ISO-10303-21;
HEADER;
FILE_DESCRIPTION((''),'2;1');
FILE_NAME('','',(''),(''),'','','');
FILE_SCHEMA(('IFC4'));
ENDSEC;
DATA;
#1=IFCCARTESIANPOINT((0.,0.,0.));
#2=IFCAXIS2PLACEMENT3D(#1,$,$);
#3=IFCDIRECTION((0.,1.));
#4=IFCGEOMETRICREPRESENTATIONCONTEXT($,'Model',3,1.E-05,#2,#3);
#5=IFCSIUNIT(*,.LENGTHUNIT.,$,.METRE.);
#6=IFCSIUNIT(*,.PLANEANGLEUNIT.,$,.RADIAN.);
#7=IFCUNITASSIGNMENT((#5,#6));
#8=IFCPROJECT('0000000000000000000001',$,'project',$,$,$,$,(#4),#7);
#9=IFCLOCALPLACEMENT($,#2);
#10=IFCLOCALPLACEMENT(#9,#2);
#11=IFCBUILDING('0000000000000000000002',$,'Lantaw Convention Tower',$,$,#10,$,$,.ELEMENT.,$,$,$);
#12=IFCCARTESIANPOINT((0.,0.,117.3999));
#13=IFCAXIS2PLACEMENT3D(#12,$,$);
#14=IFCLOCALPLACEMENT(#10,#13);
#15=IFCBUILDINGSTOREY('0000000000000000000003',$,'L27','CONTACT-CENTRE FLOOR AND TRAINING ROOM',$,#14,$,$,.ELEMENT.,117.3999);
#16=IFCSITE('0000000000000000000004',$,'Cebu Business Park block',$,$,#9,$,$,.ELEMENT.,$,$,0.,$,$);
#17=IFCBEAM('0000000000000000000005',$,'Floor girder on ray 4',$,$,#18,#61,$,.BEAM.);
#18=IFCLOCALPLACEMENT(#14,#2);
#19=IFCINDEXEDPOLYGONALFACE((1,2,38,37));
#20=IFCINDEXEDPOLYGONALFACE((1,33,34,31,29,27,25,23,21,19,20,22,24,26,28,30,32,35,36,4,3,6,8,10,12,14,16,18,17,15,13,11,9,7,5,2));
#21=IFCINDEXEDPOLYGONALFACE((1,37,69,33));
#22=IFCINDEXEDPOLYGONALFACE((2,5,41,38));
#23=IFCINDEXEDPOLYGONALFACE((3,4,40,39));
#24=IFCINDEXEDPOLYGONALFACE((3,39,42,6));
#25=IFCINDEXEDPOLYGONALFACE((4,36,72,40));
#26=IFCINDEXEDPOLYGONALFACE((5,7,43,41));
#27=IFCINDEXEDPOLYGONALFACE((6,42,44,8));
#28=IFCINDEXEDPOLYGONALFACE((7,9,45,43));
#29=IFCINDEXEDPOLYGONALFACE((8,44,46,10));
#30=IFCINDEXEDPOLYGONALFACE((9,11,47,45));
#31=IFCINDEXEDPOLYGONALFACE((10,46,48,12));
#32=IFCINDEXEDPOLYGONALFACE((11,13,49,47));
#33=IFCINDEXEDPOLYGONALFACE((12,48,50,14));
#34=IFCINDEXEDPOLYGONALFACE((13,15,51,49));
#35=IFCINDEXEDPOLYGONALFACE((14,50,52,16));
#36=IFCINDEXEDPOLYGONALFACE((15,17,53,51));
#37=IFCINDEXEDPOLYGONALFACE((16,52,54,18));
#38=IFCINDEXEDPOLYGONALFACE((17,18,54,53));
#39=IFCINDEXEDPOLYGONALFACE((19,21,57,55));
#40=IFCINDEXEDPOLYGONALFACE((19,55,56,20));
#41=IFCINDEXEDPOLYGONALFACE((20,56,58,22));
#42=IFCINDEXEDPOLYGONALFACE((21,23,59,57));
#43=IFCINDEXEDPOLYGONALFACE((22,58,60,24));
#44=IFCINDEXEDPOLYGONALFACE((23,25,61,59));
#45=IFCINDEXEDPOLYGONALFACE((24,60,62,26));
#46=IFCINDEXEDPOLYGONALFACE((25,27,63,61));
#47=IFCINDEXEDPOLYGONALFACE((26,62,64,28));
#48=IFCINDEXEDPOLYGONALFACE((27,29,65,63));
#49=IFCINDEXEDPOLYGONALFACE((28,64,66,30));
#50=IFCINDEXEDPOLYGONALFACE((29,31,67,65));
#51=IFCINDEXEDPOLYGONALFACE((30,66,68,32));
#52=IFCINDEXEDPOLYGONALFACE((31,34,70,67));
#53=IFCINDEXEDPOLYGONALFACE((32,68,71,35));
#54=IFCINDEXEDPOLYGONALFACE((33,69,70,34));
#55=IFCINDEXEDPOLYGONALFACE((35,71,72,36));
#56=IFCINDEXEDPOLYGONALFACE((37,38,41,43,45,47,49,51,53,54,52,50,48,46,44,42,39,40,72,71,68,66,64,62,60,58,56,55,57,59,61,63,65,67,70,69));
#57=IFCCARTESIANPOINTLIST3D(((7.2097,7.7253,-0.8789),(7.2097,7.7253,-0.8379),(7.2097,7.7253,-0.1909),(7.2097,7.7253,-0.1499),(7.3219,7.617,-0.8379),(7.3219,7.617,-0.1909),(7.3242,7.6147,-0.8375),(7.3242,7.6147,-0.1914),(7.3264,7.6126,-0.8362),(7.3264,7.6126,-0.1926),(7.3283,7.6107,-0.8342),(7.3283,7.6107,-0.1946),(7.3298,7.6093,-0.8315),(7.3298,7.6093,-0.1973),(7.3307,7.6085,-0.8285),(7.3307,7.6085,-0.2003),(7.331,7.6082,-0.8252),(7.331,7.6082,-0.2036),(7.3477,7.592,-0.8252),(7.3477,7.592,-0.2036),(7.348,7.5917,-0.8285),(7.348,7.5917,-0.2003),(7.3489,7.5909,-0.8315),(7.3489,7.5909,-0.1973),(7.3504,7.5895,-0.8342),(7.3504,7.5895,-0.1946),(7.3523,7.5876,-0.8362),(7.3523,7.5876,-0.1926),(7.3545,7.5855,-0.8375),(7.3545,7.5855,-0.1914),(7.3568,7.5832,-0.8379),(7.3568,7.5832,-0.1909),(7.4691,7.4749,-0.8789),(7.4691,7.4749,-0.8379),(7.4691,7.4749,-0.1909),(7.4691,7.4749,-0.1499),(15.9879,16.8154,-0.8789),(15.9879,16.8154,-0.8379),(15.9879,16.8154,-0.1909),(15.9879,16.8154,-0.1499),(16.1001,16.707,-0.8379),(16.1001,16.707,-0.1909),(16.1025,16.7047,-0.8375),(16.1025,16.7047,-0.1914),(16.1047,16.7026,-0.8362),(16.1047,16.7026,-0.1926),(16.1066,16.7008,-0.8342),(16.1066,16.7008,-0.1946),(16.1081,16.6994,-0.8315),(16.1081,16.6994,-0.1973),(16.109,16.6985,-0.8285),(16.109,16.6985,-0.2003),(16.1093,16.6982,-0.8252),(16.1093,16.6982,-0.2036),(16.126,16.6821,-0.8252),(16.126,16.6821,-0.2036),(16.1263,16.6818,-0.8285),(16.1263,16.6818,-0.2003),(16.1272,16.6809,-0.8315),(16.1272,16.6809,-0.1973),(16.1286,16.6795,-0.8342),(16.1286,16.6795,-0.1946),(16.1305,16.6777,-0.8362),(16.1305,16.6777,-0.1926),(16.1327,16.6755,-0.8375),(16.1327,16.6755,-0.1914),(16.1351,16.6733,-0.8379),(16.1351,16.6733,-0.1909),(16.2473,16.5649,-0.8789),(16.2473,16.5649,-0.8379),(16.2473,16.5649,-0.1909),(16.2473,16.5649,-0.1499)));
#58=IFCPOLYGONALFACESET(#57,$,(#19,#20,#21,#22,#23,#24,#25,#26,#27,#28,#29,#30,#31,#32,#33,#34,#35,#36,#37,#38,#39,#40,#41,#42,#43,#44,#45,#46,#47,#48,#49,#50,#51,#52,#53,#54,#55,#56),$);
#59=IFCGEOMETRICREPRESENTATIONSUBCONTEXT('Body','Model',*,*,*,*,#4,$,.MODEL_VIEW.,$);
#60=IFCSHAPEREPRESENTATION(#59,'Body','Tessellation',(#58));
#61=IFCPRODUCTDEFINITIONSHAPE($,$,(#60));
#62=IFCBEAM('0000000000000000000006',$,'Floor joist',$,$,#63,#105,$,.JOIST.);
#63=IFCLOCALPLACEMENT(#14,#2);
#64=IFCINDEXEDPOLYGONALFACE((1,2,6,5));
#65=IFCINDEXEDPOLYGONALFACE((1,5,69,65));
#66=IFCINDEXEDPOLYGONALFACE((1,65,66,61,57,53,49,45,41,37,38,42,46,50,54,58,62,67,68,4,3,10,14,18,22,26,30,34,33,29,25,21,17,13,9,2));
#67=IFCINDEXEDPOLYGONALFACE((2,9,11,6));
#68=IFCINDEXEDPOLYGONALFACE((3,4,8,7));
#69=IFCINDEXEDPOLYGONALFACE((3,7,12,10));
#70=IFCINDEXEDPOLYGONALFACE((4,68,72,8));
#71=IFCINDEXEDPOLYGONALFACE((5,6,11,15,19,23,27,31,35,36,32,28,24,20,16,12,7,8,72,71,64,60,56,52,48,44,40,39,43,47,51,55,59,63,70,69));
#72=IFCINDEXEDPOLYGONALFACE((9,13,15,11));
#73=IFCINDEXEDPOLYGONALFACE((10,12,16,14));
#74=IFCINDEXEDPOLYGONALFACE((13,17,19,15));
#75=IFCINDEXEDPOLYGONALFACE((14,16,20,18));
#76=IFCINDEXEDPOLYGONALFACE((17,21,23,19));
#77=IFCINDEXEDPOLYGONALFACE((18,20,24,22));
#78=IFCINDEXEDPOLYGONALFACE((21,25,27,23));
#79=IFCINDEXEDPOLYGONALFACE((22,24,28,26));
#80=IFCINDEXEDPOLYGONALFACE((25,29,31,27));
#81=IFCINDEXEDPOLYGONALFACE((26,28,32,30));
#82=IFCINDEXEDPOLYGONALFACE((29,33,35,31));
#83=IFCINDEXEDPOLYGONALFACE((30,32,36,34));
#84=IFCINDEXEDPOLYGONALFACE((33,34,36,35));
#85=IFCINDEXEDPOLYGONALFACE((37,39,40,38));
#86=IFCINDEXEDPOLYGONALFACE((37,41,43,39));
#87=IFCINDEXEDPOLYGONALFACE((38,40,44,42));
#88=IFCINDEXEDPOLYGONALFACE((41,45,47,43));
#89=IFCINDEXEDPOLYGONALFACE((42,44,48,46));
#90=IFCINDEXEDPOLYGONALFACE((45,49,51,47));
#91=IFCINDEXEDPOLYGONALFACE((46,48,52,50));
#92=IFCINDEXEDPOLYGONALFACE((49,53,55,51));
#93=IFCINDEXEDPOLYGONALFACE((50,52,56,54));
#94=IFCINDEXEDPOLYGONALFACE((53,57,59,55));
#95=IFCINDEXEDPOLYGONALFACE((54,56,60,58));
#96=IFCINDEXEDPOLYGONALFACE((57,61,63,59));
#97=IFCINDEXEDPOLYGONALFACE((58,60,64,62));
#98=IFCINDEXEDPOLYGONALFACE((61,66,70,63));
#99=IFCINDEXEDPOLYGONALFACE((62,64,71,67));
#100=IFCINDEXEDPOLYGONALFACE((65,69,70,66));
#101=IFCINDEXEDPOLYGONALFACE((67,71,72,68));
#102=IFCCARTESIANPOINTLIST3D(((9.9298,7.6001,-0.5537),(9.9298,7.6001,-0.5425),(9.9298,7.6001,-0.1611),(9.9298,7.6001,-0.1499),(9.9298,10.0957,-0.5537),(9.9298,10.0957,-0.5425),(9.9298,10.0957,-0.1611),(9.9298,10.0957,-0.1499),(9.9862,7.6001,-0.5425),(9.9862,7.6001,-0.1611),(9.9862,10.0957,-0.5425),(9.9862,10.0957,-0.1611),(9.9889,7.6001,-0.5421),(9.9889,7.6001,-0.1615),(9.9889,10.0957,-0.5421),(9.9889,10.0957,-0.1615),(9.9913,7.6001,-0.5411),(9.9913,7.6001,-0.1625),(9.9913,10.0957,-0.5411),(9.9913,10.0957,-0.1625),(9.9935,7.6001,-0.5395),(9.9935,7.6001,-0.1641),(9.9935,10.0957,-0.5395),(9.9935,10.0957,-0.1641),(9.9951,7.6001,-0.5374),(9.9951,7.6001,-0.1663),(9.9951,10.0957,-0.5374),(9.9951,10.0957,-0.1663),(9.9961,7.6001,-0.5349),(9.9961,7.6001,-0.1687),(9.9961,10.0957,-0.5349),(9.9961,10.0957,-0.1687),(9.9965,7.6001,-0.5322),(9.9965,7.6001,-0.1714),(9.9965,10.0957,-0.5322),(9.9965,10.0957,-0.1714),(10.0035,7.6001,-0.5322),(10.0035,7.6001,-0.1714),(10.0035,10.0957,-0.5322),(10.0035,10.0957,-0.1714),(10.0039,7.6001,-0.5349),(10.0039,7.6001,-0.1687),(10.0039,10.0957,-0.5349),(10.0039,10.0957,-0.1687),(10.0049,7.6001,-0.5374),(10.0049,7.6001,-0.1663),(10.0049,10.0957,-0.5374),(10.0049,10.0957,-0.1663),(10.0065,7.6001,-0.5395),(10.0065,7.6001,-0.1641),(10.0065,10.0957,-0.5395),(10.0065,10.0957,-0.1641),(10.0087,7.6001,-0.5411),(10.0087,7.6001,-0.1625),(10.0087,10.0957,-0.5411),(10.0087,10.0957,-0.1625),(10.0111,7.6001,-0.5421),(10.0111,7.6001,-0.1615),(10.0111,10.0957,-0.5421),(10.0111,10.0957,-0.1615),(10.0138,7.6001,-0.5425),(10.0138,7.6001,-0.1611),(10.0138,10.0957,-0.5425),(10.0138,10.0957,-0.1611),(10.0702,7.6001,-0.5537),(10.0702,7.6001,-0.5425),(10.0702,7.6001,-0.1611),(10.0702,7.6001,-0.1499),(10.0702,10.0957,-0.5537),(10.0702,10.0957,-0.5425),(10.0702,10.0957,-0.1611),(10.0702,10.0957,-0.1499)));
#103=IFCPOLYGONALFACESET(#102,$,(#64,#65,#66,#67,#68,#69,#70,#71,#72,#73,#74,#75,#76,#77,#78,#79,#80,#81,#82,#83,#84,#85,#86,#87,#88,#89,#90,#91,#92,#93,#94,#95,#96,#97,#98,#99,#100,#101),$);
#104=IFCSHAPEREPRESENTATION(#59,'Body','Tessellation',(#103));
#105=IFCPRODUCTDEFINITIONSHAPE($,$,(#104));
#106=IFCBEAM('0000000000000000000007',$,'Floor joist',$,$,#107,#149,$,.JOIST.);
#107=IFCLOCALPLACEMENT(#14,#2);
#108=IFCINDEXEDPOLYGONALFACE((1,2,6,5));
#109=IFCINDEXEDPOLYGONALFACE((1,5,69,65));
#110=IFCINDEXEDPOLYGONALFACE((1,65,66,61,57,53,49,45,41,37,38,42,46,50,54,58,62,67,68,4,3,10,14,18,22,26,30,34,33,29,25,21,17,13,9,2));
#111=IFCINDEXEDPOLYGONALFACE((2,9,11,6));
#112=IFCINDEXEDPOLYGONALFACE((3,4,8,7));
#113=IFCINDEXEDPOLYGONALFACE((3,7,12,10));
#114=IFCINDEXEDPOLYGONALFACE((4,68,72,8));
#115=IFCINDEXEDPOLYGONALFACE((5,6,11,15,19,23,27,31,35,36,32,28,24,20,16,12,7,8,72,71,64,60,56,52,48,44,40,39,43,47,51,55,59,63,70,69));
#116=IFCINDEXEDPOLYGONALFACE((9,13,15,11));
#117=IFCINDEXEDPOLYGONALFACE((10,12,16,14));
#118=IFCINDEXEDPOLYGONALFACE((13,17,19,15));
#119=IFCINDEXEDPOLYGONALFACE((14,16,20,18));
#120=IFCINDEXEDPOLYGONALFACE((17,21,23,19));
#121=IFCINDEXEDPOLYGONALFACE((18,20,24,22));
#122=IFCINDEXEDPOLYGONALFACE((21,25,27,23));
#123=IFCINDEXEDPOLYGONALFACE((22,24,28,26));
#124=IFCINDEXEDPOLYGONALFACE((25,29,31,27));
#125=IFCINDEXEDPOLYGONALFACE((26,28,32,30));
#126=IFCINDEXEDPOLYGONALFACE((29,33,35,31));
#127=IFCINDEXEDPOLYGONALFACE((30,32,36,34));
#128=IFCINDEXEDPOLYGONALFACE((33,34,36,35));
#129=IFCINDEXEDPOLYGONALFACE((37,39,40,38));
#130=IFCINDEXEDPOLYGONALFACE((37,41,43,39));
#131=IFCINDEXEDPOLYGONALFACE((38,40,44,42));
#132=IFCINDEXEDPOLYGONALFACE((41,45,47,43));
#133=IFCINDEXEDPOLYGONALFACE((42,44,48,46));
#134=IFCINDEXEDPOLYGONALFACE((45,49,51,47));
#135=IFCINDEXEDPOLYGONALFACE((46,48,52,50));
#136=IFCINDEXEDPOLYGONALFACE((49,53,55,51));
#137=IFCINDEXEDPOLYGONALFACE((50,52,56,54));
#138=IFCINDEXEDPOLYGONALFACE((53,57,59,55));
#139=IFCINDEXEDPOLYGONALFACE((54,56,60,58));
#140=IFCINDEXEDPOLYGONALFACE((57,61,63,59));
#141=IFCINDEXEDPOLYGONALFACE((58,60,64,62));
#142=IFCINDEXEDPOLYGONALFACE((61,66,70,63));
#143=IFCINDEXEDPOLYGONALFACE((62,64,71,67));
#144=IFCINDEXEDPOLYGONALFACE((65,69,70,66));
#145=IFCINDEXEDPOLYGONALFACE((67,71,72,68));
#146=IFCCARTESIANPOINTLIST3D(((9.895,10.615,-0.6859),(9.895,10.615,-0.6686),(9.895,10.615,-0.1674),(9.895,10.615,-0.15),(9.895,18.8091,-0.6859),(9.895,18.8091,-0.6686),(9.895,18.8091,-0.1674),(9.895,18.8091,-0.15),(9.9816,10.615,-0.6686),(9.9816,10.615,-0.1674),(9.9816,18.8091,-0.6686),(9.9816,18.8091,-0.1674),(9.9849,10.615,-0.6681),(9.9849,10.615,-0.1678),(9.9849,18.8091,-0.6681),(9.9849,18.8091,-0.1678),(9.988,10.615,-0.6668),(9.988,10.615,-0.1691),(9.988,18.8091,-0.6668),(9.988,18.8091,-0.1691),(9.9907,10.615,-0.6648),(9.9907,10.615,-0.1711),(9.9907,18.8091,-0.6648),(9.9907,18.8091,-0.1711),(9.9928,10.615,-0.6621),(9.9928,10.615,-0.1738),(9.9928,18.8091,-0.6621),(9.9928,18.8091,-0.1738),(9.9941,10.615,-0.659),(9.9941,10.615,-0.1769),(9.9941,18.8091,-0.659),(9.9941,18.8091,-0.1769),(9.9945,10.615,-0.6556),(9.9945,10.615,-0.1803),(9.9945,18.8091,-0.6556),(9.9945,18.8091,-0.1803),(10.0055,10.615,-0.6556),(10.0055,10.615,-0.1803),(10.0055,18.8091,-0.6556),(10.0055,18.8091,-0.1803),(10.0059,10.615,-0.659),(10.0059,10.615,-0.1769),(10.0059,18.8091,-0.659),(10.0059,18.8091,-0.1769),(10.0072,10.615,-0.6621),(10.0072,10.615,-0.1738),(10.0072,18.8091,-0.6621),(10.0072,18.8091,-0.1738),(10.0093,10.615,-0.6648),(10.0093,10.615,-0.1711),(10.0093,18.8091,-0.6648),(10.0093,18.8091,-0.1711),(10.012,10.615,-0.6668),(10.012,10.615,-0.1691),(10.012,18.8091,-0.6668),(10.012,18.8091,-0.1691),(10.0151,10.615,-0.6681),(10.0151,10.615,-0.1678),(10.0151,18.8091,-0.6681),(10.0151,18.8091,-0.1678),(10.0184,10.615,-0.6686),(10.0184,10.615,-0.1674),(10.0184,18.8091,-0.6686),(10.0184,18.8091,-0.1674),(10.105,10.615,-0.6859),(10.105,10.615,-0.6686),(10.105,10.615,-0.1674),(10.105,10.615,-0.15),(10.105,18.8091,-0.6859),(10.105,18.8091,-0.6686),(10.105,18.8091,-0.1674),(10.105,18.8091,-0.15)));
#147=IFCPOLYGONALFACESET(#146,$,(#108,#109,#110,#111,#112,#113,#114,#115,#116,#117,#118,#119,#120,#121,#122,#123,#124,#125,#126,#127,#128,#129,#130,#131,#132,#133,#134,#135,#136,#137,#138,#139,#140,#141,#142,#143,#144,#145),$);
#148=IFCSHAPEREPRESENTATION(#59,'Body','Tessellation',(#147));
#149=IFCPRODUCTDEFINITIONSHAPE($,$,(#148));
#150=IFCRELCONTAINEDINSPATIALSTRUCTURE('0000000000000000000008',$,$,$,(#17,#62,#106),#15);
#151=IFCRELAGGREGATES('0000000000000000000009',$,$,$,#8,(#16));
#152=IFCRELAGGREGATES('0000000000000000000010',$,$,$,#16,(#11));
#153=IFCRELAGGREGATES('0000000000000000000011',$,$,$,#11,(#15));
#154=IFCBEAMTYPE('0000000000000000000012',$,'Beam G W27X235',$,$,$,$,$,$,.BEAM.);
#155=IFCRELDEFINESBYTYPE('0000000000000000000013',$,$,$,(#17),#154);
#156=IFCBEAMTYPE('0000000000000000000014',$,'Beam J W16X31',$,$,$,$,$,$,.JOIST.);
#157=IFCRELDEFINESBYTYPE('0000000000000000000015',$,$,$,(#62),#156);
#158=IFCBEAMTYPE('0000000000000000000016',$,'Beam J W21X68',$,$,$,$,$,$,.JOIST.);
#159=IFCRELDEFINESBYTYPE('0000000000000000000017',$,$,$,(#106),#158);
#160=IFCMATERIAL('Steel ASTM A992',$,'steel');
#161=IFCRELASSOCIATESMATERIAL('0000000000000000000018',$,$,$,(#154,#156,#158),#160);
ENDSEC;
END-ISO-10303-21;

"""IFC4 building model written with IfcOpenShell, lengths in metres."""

from ifc_helpers import new_model, si_unit, direction, frame, origin, origin_2d, place, context, subcontext, project, spatial, i_section, extrude, material, material_profile, profile_set, type_object, element, save


model = new_model("IFC4")

# Units and contexts
model_context = context("Model", 3, precision=1e-05, world=origin(), true_north=direction((0.0, 1.0)))
body_context = subcontext(model_context, "Body", "Model", "MODEL_VIEW")
ifc_project = project(units=[si_unit("LENGTHUNIT", "METRE"), si_unit("PLANEANGLEUNIT", "RADIAN")], contexts=[model_context])

# Site, building, storey
site_placement = place(None, origin())
site = spatial("IfcSite", under=ifc_project, at=site_placement, Name="Cebu Business Park block", CompositionType="ELEMENT", RefElevation=0.0)
building_placement = place(site_placement, origin())
building = spatial("IfcBuilding", under=site, at=building_placement, Name="Lantaw Convention Tower", CompositionType="ELEMENT")
storey_placement = place(building_placement, frame((0.0, 0.0, 117.3999)))
storey = spatial("IfcBuildingStorey", under=building, at=storey_placement, Name="L27", Description="CONTACT-CENTRE FLOOR AND TRAINING ROOM", CompositionType="ELEMENT", Elevation=117.3999)

# Beams
ifc_material_1 = material(Name="Steel ASTM A992", Category="steel")
ifc_material_profile_1 = material_profile(ifc_material_1, i_section(OverallWidth=0.3606, OverallDepth=0.729, WebThickness=0.0232, FlangeThickness=0.041, FilletRadius=0.0127, at=origin_2d()), Name="W27X235")
ifc_profile_set_1 = profile_set([ifc_material_profile_1], Name="Steel ASTM A992")
beam_type_1 = type_object("IfcBeamType", Name="Beam G W27X235", PredefinedType="BEAM", material=ifc_profile_set_1)
beam_1_placement = place(storey_placement, frame((7.3394, 7.6001, -0.5144), z_axis=(0.694663, 0.719335, 0.0), x_axis=(-0.719335, 0.694663, 0.0)))
element("IfcBeam", 1, at=beam_1_placement, inside=storey, type_object=beam_type_1, Name="Floor girder on ray 4", PredefinedType="BEAM", context=body_context, shape_type="SweptSolid", body=[
    extrude(i_section(OverallWidth=0.3606, OverallDepth=0.729, WebThickness=0.0232, FlangeThickness=0.041, FilletRadius=0.0127, at=origin_2d()), origin(), (0.0, 0.0, 1.0), 12.6367),
])
ifc_material_profile_2 = material_profile(ifc_material_1, i_section(OverallWidth=0.1404, OverallDepth=0.4038, WebThickness=0.0071, FlangeThickness=0.0112, FilletRadius=0.0103, at=origin_2d()), Name="W16X31")
ifc_profile_set_2 = profile_set([ifc_material_profile_2], Name="Steel ASTM A992")
beam_type_2 = type_object("IfcBeamType", Name="Beam J W16X31", PredefinedType="JOIST", material=ifc_profile_set_2)
beam_2_placement = place(storey_placement, frame((10.0, 7.6001, -0.3518), z_axis=(0.0, 1.0, 0.0), x_axis=(-1.0, 0.0, 0.0)))
element("IfcBeam", 2, at=beam_2_placement, inside=storey, type_object=beam_type_2, Name="Floor joist", PredefinedType="JOIST", context=body_context, shape_type="SweptSolid", body=[
    extrude(i_section(OverallWidth=0.1404, OverallDepth=0.4038, WebThickness=0.0071, FlangeThickness=0.0112, FilletRadius=0.0103, at=origin_2d()), origin(), (0.0, 0.0, 1.0), 2.4956),
])
ifc_material_profile_3 = material_profile(ifc_material_1, i_section(OverallWidth=0.21, OverallDepth=0.5359, WebThickness=0.011, FlangeThickness=0.0173, FilletRadius=0.0129, at=origin_2d()), Name="W21X68")
ifc_profile_set_3 = profile_set([ifc_material_profile_3], Name="Steel ASTM A992")
beam_type_3 = type_object("IfcBeamType", Name="Beam J W21X68", PredefinedType="JOIST", material=ifc_profile_set_3)
beam_3_placement = place(storey_placement, frame((10.0, 10.615, -0.418), z_axis=(0.0, 1.0, 0.0), x_axis=(-1.0, 0.0, 0.0)))
element("IfcBeam", 3, at=beam_3_placement, inside=storey, type_object=beam_type_3, Name="Floor joist", PredefinedType="JOIST", context=body_context, shape_type="SweptSolid", body=[
    extrude(i_section(OverallWidth=0.21, OverallDepth=0.5359, WebThickness=0.011, FlangeThickness=0.0173, FilletRadius=0.0129, at=origin_2d()), origin(), (0.0, 0.0, 1.0), 8.1941),
])

save(model, "model.ifc")
